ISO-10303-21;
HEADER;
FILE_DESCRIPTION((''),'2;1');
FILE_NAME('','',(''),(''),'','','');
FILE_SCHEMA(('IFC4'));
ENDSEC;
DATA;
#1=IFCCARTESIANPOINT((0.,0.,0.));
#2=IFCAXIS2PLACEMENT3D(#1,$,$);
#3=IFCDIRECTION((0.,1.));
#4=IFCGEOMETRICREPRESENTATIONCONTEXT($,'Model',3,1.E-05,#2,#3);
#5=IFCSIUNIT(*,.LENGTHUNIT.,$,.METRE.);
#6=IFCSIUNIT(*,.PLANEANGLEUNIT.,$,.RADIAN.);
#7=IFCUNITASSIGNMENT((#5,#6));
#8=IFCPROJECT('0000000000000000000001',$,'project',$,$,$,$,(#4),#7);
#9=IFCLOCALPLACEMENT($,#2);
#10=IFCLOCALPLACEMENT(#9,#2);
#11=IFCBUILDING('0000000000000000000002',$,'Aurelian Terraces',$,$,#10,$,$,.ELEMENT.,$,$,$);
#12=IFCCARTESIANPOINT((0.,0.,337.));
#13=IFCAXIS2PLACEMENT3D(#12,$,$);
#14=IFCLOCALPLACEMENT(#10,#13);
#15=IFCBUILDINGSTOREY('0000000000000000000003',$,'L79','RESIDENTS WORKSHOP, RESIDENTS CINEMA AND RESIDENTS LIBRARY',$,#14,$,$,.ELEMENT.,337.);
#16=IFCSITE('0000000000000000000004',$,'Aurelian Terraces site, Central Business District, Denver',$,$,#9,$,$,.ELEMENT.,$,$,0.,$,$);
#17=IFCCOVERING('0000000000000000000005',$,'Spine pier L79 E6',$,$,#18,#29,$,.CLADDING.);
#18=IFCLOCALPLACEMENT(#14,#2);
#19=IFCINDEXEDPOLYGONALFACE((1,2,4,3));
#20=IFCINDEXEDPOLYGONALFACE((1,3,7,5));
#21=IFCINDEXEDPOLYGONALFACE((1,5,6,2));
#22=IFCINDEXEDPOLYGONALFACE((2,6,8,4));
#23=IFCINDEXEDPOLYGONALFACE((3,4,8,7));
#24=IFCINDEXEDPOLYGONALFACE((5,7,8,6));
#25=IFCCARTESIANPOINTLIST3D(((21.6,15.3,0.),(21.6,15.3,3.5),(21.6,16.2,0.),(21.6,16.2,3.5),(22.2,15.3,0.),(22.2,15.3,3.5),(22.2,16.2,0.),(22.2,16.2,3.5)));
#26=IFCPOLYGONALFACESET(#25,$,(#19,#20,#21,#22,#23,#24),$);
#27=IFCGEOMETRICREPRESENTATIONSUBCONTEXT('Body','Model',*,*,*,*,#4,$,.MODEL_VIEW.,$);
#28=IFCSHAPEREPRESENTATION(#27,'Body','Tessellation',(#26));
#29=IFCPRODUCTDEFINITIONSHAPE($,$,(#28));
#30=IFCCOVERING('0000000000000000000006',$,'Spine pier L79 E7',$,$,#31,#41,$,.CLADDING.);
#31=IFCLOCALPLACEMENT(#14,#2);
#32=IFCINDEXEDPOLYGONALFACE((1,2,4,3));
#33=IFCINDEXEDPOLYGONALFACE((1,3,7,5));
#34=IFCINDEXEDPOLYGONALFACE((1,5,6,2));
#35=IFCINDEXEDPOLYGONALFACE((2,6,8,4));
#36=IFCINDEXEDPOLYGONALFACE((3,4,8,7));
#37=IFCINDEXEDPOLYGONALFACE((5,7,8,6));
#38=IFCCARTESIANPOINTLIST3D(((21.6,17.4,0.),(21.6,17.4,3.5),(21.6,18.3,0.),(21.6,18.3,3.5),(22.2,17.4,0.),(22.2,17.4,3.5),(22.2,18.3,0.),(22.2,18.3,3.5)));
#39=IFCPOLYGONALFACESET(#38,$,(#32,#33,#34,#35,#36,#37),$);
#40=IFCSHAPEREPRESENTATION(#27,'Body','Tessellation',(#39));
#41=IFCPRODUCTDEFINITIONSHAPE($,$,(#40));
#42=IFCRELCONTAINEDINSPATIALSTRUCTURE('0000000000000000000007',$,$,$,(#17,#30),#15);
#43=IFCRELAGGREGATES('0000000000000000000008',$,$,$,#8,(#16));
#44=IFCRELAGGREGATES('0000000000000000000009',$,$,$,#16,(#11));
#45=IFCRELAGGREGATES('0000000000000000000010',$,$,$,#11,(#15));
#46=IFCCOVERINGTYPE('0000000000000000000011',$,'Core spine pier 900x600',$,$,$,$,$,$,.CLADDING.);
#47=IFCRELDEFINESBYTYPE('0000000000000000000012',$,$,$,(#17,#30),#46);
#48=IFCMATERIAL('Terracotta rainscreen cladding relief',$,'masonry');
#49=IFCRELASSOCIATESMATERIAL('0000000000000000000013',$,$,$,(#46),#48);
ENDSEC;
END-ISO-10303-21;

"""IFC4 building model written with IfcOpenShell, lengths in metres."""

from ifc_helpers import new_model, si_unit, direction, frame, origin, origin_2d, place, context, subcontext, project, spatial, rectangle, extrude, source, transform, mapped, material, type_object, element, save


model = new_model("IFC4")

# Units and contexts
model_context = context("Model", 3, precision=1e-05, world=origin(), true_north=direction((0.0, 1.0)))
body_context = subcontext(model_context, "Body", "Model", "MODEL_VIEW")
ifc_project = project(units=[si_unit("LENGTHUNIT", "METRE"), si_unit("PLANEANGLEUNIT", "RADIAN")], contexts=[model_context])

# Site, building, storey
site_placement = place(None, origin())
site = spatial("IfcSite", under=ifc_project, at=site_placement, Name="Aurelian Terraces site, Central Business District, Denver", CompositionType="ELEMENT", RefElevation=0.0)
building_placement = place(site_placement, origin())
building = spatial("IfcBuilding", under=site, at=building_placement, Name="Aurelian Terraces", CompositionType="ELEMENT")
storey_placement = place(building_placement, frame((0.0, 0.0, 337.0)))
storey = spatial("IfcBuildingStorey", under=building, at=storey_placement, Name="L79", Description="RESIDENTS WORKSHOP, RESIDENTS CINEMA AND RESIDENTS LIBRARY", CompositionType="ELEMENT", Elevation=337.0)

# Coverings
ifc_material_1 = material(Name="Terracotta rainscreen cladding relief", Category="masonry")
covering_type_1 = type_object("IfcCoveringType", Name="Core spine pier 900x600", PredefinedType="CLADDING", material=ifc_material_1)
shared_shape_1 = source(origin(), body_context, "Body", "SweptSolid", [
    extrude(rectangle(XDim=0.6, YDim=0.9, at=origin_2d()), origin(), (0.0, 0.0, 1.0), 3.5),
])
for number, where, z_axis, x_axis, name in (
    (1, (21.9, 15.75, 0.0), (0.0, 0.0, 1.0), (1.0, 0.0, 0.0), "Spine pier L79 E6"),
    (2, (21.9, 17.85, 0.0), (0.0, 0.0, 1.0), (1.0, 0.0, 0.0), "Spine pier L79 E7"),
):
    element("IfcCovering", number, at=place(storey_placement, frame(where, z_axis=z_axis, x_axis=x_axis)), inside=storey, type_object=covering_type_1, Name=name, PredefinedType="CLADDING", context=body_context, shape_type="MappedRepresentation", body=[
        mapped(shared_shape_1, transform((0.0, 0.0, 0.0), scale=1.0)),
    ])

save(model, "model.ifc")
